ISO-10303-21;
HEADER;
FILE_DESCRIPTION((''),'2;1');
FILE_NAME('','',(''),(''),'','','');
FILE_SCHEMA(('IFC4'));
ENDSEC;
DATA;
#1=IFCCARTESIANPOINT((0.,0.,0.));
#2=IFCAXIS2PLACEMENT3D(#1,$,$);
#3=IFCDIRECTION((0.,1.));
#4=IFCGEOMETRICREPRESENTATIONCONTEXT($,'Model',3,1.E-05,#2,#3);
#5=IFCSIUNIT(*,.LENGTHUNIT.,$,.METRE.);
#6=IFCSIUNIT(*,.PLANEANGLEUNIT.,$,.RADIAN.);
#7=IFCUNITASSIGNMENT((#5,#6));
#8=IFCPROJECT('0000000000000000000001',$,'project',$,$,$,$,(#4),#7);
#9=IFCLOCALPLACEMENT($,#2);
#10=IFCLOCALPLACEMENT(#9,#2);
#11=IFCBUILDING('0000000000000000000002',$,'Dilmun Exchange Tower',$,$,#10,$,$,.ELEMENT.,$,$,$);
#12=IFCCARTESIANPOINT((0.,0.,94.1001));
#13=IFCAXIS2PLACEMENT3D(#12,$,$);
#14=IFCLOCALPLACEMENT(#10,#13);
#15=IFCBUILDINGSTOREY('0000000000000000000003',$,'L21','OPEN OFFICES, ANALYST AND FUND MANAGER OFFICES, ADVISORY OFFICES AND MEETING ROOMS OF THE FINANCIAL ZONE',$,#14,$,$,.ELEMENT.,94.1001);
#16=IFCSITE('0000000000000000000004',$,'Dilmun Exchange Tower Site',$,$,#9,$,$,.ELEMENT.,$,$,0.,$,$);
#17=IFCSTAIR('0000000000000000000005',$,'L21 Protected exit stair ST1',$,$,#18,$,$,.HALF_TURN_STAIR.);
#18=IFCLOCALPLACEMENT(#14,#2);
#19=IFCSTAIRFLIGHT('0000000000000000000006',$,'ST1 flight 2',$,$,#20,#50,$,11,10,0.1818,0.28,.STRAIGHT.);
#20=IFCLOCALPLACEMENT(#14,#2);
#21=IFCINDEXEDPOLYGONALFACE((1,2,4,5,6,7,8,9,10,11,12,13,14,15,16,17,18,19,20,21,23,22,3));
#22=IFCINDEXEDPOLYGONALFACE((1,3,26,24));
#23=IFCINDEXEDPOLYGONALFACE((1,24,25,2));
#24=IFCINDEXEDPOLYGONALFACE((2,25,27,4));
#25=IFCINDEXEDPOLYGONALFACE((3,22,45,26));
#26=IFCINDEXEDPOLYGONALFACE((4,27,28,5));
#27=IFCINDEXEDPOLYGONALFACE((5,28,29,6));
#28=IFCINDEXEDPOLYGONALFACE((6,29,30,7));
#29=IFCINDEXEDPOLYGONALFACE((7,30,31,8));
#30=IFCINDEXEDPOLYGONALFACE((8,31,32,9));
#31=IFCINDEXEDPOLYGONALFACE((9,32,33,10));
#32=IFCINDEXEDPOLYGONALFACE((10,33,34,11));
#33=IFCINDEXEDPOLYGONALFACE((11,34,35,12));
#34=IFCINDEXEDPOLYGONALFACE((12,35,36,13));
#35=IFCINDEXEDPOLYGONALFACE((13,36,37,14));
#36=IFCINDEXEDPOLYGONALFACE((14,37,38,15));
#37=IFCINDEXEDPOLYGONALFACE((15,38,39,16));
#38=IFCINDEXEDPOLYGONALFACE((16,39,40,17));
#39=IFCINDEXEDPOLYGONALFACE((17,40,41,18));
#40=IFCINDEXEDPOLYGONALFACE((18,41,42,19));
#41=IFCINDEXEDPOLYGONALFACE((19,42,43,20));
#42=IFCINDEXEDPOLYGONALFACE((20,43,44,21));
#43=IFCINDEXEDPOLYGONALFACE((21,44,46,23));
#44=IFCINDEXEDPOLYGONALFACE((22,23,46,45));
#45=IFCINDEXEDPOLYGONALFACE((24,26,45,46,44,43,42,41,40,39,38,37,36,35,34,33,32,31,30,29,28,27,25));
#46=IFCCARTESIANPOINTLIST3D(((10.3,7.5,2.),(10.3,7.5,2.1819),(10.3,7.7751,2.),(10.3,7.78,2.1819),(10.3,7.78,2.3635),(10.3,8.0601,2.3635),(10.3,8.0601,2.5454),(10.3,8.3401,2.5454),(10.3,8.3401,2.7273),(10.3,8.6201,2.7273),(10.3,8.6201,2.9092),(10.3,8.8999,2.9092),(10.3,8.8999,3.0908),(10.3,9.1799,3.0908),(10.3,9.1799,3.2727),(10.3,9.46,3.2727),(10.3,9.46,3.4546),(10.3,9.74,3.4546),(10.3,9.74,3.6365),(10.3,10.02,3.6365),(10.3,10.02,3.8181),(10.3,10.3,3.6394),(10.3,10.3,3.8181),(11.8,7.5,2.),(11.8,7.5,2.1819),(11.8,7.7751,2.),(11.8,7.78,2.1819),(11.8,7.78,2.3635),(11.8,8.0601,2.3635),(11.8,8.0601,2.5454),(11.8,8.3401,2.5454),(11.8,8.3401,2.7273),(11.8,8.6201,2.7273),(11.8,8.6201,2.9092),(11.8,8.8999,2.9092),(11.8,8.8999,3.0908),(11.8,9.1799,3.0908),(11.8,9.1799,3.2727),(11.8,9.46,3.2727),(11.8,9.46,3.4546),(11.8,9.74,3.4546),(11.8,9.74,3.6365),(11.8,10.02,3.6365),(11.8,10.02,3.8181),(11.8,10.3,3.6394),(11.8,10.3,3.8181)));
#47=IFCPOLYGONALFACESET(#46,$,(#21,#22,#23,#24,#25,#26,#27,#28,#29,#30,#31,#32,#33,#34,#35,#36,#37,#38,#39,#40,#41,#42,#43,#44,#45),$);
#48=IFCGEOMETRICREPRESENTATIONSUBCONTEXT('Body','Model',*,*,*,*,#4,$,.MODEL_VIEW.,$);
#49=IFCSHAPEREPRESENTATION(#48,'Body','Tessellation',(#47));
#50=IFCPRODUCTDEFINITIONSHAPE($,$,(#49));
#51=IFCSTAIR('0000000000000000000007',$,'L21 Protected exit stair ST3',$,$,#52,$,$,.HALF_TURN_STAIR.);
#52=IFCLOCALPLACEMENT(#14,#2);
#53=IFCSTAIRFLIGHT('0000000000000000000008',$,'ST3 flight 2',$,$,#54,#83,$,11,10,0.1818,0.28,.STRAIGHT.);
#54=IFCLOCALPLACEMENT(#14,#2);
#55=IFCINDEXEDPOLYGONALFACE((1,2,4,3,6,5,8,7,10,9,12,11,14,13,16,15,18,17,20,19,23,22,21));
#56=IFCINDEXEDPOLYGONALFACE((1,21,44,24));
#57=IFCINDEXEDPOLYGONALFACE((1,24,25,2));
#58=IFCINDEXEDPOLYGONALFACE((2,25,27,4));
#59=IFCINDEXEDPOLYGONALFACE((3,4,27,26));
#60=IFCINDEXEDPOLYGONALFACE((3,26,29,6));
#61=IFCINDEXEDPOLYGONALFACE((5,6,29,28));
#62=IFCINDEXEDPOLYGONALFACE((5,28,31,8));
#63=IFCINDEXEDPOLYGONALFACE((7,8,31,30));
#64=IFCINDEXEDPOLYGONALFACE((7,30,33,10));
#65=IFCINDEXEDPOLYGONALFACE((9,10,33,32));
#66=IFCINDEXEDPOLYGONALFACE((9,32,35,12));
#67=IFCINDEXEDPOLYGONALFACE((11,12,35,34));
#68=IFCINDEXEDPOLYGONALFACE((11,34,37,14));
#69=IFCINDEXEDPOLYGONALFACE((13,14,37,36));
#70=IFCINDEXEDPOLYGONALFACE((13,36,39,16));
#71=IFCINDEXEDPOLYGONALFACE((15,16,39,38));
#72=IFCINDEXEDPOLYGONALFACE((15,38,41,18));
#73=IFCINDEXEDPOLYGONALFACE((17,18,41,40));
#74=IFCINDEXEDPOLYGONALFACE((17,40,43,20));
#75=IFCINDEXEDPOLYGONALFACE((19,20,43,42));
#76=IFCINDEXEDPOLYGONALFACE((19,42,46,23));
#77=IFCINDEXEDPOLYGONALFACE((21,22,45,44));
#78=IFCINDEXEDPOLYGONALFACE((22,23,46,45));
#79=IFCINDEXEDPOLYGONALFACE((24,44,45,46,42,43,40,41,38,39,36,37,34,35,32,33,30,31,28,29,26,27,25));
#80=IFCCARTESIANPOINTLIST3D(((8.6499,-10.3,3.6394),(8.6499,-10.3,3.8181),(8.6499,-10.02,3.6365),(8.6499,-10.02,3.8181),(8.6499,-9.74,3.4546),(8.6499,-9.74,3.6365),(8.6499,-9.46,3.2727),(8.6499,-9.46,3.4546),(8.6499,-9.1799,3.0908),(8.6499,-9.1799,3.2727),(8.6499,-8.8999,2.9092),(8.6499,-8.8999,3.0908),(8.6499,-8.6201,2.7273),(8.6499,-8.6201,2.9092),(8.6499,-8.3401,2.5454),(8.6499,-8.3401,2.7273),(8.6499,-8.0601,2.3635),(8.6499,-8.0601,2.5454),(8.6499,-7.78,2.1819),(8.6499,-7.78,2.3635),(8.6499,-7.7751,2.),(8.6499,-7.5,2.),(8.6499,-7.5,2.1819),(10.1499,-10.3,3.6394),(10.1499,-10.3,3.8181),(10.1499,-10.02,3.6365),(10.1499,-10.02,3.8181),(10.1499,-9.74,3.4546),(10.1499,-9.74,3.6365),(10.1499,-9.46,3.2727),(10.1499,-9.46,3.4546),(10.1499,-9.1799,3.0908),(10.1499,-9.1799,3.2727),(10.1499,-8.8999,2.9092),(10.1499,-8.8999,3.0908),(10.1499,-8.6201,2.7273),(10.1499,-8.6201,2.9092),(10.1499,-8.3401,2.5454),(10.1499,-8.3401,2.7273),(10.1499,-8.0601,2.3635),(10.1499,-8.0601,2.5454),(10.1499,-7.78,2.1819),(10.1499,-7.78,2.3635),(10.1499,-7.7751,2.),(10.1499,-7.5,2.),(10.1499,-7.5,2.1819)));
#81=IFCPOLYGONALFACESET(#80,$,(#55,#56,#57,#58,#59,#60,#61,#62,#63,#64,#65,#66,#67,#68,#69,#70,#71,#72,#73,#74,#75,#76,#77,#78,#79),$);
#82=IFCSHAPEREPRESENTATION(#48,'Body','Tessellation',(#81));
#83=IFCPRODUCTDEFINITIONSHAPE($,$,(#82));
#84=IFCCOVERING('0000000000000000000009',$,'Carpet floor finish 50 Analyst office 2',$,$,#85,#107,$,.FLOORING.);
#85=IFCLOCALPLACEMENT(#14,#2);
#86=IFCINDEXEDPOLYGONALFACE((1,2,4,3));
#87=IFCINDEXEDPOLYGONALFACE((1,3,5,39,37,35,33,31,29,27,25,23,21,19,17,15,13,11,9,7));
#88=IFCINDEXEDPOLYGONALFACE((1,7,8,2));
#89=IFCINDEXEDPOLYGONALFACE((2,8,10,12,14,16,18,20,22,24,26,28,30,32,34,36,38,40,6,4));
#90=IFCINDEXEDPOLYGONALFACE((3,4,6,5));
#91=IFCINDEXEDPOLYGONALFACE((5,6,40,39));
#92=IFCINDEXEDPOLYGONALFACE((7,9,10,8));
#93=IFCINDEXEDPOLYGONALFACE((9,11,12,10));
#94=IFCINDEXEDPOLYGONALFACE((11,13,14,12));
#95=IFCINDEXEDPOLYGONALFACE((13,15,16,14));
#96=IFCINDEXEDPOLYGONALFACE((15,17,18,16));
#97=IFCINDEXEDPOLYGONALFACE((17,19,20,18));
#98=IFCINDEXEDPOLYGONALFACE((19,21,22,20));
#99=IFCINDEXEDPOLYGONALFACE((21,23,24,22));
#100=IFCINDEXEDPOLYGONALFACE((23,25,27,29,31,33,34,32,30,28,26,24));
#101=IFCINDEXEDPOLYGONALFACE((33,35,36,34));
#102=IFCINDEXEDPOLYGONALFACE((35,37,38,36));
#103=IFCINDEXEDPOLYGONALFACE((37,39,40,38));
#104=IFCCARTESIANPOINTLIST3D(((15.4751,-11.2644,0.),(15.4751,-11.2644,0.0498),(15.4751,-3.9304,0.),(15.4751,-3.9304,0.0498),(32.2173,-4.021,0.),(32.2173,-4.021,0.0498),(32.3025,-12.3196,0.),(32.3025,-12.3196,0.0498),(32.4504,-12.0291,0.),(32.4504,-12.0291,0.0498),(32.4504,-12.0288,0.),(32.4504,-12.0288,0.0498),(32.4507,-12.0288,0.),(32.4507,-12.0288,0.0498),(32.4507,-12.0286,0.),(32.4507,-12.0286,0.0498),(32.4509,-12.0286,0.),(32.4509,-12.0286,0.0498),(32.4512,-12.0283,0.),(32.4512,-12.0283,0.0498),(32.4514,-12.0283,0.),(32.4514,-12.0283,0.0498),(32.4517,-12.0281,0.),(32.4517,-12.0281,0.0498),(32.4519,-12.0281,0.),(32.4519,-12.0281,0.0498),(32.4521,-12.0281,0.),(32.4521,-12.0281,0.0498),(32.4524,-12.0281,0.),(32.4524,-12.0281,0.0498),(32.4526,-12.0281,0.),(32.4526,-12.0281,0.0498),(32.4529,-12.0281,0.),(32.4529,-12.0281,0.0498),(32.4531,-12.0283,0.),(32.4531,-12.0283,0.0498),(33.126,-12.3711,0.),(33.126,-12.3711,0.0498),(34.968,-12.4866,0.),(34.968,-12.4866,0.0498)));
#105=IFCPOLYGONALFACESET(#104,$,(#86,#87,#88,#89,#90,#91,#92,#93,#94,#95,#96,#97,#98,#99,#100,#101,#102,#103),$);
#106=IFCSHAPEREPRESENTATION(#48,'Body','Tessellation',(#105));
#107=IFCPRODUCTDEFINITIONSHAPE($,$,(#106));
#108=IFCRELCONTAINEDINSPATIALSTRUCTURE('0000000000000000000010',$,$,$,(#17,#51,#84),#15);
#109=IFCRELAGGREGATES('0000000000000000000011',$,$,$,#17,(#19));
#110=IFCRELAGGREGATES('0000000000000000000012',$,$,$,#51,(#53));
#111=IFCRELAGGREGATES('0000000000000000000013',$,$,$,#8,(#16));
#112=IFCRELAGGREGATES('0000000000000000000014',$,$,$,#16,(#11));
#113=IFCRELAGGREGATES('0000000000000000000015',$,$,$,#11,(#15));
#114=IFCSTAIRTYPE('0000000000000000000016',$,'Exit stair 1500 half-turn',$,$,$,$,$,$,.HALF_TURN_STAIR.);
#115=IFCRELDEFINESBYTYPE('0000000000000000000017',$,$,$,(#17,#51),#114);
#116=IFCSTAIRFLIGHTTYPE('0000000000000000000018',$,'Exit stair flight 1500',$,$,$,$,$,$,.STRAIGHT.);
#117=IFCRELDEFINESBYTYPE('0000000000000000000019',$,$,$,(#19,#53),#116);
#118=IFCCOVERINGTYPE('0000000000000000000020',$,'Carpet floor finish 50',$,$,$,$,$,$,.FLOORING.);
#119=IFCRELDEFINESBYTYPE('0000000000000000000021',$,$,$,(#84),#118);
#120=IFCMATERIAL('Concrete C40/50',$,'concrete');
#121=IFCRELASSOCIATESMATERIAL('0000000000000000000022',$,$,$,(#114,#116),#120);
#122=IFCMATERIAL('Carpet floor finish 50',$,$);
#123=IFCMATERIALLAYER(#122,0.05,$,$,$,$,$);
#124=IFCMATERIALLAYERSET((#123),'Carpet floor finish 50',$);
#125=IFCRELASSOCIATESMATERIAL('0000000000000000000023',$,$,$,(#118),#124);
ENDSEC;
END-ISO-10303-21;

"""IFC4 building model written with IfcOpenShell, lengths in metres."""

from ifc_helpers import new_model, si_unit, direction, frame, origin, place, context, subcontext, project, spatial, polyline, outline, extrude, material, layer, layer_set, type_object, element, aggregate, save


model = new_model("IFC4")

# Units and contexts
model_context = context("Model", 3, precision=1e-05, world=origin(), true_north=direction((0.0, 1.0)))
body_context = subcontext(model_context, "Body", "Model", "MODEL_VIEW")
ifc_project = project(units=[si_unit("LENGTHUNIT", "METRE"), si_unit("PLANEANGLEUNIT", "RADIAN")], contexts=[model_context])

# Site, building, storey
site_placement = place(None, origin())
site = spatial("IfcSite", under=ifc_project, at=site_placement, Name="Dilmun Exchange Tower Site", CompositionType="ELEMENT", RefElevation=0.0)
building_placement = place(site_placement, origin())
building = spatial("IfcBuilding", under=site, at=building_placement, Name="Dilmun Exchange Tower", CompositionType="ELEMENT")
storey_placement = place(building_placement, frame((0.0, 0.0, 94.1001)))
storey = spatial("IfcBuildingStorey", under=building, at=storey_placement, Name="L21", Description="OPEN OFFICES, ANALYST AND FUND MANAGER OFFICES, ADVISORY OFFICES AND MEETING ROOMS OF THE FINANCIAL ZONE", CompositionType="ELEMENT", Elevation=94.1001)

# Shared definitions
ifc_material_1 = material(Name="Concrete C40/50", Category="concrete")

# Stairs, stair flights
stair_type = type_object("IfcStairType", Name="Exit stair 1500 half-turn", PredefinedType="HALF_TURN_STAIR", material=ifc_material_1)
stair_1_placement = place(storey_placement, origin())
stair_1 = element("IfcStair", 1, at=stair_1_placement, inside=storey, type_object=stair_type, Name="L21 Protected exit stair ST1", PredefinedType="HALF_TURN_STAIR")
stair_flight_type = type_object("IfcStairFlightType", Name="Exit stair flight 1500", PredefinedType="STRAIGHT", material=ifc_material_1)
stair_flight_1_placement = place(storey_placement, frame((11.05, 7.5, 2.0), z_axis=(0.0, 0.0, 1.0), x_axis=(0.0, 1.0, 0.0)))
stair_flight_1 = element("IfcStairFlight", 2, at=stair_flight_1_placement, type_object=stair_flight_type, Name="ST1 flight 2", NumberOfRisers=11, NumberOfTreads=10, PredefinedType="STRAIGHT", RiserHeight=0.1818, TreadLength=0.28, context=body_context, shape_type="SweptSolid", body=[
    extrude(outline(polyline([(0.0, 0.0), (0.0, 0.1819), (0.28, 0.1819), (0.28, 0.3635), (0.5601, 0.3635), (0.5601, 0.5454), (0.8401, 0.5454), (0.8401, 0.7273), (1.1201, 0.7273), (1.1201, 0.9092), (1.3999, 0.9092), (1.3999, 1.0908), (1.6799, 1.0908), (1.6799, 1.2727), (1.96, 1.2727), (1.96, 1.4546), (2.24, 1.4546), (2.24, 1.6365), (2.52, 1.6365), (2.52, 1.8181), (2.8, 1.8181), (2.8, 2.0), (2.8, 1.6394), (0.2751, 0.0), (0.0, 0.0)])), frame((0.0, 0.75, 0.0), z_axis=(0.0, -1.0, 0.0), x_axis=(1.0, 0.0, 0.0)), (0.0, 0.0, 1.0), 1.5),
])
aggregate(stair_1, [stair_flight_1])
stair_2_placement = place(storey_placement, origin())
stair_2 = element("IfcStair", 3, at=stair_2_placement, inside=storey, type_object=stair_type, Name="L21 Protected exit stair ST3", PredefinedType="HALF_TURN_STAIR")
stair_flight_2_placement = place(storey_placement, frame((9.3999, -7.5, 2.0), z_axis=(0.0, 0.0, 1.0), x_axis=(0.0, -1.0, 0.0)))
stair_flight_2 = element("IfcStairFlight", 4, at=stair_flight_2_placement, type_object=stair_flight_type, Name="ST3 flight 2", NumberOfRisers=11, NumberOfTreads=10, PredefinedType="STRAIGHT", RiserHeight=0.1818, TreadLength=0.28, context=body_context, shape_type="SweptSolid", body=[
    extrude(outline(polyline([(0.0, 0.0), (0.0, 0.1819), (0.28, 0.1819), (0.28, 0.3635), (0.5601, 0.3635), (0.5601, 0.5454), (0.8401, 0.5454), (0.8401, 0.7273), (1.1201, 0.7273), (1.1201, 0.9092), (1.3999, 0.9092), (1.3999, 1.0908), (1.6799, 1.0908), (1.6799, 1.2727), (1.96, 1.2727), (1.96, 1.4546), (2.24, 1.4546), (2.24, 1.6365), (2.52, 1.6365), (2.52, 1.8181), (2.8, 1.8181), (2.8, 2.0), (2.8, 1.6394), (0.2751, 0.0), (0.0, 0.0)])), frame((0.0, 0.75, 0.0), z_axis=(0.0, -1.0, 0.0), x_axis=(1.0, 0.0, 0.0)), (0.0, 0.0, 1.0), 1.5),
])
aggregate(stair_2, [stair_flight_2])

# Covering
ifc_material_2 = material(Name="Carpet floor finish 50")
ifc_layer_1 = layer(ifc_material_2, 0.05)
ifc_layer_set_1 = layer_set([ifc_layer_1], Name="Carpet floor finish 50")
covering_type = type_object("IfcCoveringType", Name="Carpet floor finish 50", PredefinedType="FLOORING", material=ifc_layer_set_1)
covering_placement = place(storey_placement, origin())
element("IfcCovering", 5, at=covering_placement, inside=storey, type_object=covering_type, Name="Carpet floor finish 50 Analyst office 2", PredefinedType="FLOORING", context=body_context, shape_type="SweptSolid", body=[
    extrude(outline(polyline([(15.4751, -3.9304), (32.2173, -4.021), (34.968, -12.4866), (33.126, -12.3711), (32.4531, -12.0283), (32.4529, -12.0281), (32.4526, -12.0281), (32.4524, -12.0281), (32.4524, -12.0281), (32.4521, -12.0281), (32.4519, -12.0281), (32.4519, -12.0281), (32.4517, -12.0281), (32.4514, -12.0283), (32.4512, -12.0283), (32.4512, -12.0283), (32.4509, -12.0286), (32.4507, -12.0286), (32.4507, -12.0288), (32.4504, -12.0288), (32.4504, -12.0291), (32.3025, -12.3196), (15.4751, -11.2644), (15.4751, -3.9304)])), origin(), (0.0, 0.0, 1.0), 0.0498),
])

save(model, "model.ifc")
